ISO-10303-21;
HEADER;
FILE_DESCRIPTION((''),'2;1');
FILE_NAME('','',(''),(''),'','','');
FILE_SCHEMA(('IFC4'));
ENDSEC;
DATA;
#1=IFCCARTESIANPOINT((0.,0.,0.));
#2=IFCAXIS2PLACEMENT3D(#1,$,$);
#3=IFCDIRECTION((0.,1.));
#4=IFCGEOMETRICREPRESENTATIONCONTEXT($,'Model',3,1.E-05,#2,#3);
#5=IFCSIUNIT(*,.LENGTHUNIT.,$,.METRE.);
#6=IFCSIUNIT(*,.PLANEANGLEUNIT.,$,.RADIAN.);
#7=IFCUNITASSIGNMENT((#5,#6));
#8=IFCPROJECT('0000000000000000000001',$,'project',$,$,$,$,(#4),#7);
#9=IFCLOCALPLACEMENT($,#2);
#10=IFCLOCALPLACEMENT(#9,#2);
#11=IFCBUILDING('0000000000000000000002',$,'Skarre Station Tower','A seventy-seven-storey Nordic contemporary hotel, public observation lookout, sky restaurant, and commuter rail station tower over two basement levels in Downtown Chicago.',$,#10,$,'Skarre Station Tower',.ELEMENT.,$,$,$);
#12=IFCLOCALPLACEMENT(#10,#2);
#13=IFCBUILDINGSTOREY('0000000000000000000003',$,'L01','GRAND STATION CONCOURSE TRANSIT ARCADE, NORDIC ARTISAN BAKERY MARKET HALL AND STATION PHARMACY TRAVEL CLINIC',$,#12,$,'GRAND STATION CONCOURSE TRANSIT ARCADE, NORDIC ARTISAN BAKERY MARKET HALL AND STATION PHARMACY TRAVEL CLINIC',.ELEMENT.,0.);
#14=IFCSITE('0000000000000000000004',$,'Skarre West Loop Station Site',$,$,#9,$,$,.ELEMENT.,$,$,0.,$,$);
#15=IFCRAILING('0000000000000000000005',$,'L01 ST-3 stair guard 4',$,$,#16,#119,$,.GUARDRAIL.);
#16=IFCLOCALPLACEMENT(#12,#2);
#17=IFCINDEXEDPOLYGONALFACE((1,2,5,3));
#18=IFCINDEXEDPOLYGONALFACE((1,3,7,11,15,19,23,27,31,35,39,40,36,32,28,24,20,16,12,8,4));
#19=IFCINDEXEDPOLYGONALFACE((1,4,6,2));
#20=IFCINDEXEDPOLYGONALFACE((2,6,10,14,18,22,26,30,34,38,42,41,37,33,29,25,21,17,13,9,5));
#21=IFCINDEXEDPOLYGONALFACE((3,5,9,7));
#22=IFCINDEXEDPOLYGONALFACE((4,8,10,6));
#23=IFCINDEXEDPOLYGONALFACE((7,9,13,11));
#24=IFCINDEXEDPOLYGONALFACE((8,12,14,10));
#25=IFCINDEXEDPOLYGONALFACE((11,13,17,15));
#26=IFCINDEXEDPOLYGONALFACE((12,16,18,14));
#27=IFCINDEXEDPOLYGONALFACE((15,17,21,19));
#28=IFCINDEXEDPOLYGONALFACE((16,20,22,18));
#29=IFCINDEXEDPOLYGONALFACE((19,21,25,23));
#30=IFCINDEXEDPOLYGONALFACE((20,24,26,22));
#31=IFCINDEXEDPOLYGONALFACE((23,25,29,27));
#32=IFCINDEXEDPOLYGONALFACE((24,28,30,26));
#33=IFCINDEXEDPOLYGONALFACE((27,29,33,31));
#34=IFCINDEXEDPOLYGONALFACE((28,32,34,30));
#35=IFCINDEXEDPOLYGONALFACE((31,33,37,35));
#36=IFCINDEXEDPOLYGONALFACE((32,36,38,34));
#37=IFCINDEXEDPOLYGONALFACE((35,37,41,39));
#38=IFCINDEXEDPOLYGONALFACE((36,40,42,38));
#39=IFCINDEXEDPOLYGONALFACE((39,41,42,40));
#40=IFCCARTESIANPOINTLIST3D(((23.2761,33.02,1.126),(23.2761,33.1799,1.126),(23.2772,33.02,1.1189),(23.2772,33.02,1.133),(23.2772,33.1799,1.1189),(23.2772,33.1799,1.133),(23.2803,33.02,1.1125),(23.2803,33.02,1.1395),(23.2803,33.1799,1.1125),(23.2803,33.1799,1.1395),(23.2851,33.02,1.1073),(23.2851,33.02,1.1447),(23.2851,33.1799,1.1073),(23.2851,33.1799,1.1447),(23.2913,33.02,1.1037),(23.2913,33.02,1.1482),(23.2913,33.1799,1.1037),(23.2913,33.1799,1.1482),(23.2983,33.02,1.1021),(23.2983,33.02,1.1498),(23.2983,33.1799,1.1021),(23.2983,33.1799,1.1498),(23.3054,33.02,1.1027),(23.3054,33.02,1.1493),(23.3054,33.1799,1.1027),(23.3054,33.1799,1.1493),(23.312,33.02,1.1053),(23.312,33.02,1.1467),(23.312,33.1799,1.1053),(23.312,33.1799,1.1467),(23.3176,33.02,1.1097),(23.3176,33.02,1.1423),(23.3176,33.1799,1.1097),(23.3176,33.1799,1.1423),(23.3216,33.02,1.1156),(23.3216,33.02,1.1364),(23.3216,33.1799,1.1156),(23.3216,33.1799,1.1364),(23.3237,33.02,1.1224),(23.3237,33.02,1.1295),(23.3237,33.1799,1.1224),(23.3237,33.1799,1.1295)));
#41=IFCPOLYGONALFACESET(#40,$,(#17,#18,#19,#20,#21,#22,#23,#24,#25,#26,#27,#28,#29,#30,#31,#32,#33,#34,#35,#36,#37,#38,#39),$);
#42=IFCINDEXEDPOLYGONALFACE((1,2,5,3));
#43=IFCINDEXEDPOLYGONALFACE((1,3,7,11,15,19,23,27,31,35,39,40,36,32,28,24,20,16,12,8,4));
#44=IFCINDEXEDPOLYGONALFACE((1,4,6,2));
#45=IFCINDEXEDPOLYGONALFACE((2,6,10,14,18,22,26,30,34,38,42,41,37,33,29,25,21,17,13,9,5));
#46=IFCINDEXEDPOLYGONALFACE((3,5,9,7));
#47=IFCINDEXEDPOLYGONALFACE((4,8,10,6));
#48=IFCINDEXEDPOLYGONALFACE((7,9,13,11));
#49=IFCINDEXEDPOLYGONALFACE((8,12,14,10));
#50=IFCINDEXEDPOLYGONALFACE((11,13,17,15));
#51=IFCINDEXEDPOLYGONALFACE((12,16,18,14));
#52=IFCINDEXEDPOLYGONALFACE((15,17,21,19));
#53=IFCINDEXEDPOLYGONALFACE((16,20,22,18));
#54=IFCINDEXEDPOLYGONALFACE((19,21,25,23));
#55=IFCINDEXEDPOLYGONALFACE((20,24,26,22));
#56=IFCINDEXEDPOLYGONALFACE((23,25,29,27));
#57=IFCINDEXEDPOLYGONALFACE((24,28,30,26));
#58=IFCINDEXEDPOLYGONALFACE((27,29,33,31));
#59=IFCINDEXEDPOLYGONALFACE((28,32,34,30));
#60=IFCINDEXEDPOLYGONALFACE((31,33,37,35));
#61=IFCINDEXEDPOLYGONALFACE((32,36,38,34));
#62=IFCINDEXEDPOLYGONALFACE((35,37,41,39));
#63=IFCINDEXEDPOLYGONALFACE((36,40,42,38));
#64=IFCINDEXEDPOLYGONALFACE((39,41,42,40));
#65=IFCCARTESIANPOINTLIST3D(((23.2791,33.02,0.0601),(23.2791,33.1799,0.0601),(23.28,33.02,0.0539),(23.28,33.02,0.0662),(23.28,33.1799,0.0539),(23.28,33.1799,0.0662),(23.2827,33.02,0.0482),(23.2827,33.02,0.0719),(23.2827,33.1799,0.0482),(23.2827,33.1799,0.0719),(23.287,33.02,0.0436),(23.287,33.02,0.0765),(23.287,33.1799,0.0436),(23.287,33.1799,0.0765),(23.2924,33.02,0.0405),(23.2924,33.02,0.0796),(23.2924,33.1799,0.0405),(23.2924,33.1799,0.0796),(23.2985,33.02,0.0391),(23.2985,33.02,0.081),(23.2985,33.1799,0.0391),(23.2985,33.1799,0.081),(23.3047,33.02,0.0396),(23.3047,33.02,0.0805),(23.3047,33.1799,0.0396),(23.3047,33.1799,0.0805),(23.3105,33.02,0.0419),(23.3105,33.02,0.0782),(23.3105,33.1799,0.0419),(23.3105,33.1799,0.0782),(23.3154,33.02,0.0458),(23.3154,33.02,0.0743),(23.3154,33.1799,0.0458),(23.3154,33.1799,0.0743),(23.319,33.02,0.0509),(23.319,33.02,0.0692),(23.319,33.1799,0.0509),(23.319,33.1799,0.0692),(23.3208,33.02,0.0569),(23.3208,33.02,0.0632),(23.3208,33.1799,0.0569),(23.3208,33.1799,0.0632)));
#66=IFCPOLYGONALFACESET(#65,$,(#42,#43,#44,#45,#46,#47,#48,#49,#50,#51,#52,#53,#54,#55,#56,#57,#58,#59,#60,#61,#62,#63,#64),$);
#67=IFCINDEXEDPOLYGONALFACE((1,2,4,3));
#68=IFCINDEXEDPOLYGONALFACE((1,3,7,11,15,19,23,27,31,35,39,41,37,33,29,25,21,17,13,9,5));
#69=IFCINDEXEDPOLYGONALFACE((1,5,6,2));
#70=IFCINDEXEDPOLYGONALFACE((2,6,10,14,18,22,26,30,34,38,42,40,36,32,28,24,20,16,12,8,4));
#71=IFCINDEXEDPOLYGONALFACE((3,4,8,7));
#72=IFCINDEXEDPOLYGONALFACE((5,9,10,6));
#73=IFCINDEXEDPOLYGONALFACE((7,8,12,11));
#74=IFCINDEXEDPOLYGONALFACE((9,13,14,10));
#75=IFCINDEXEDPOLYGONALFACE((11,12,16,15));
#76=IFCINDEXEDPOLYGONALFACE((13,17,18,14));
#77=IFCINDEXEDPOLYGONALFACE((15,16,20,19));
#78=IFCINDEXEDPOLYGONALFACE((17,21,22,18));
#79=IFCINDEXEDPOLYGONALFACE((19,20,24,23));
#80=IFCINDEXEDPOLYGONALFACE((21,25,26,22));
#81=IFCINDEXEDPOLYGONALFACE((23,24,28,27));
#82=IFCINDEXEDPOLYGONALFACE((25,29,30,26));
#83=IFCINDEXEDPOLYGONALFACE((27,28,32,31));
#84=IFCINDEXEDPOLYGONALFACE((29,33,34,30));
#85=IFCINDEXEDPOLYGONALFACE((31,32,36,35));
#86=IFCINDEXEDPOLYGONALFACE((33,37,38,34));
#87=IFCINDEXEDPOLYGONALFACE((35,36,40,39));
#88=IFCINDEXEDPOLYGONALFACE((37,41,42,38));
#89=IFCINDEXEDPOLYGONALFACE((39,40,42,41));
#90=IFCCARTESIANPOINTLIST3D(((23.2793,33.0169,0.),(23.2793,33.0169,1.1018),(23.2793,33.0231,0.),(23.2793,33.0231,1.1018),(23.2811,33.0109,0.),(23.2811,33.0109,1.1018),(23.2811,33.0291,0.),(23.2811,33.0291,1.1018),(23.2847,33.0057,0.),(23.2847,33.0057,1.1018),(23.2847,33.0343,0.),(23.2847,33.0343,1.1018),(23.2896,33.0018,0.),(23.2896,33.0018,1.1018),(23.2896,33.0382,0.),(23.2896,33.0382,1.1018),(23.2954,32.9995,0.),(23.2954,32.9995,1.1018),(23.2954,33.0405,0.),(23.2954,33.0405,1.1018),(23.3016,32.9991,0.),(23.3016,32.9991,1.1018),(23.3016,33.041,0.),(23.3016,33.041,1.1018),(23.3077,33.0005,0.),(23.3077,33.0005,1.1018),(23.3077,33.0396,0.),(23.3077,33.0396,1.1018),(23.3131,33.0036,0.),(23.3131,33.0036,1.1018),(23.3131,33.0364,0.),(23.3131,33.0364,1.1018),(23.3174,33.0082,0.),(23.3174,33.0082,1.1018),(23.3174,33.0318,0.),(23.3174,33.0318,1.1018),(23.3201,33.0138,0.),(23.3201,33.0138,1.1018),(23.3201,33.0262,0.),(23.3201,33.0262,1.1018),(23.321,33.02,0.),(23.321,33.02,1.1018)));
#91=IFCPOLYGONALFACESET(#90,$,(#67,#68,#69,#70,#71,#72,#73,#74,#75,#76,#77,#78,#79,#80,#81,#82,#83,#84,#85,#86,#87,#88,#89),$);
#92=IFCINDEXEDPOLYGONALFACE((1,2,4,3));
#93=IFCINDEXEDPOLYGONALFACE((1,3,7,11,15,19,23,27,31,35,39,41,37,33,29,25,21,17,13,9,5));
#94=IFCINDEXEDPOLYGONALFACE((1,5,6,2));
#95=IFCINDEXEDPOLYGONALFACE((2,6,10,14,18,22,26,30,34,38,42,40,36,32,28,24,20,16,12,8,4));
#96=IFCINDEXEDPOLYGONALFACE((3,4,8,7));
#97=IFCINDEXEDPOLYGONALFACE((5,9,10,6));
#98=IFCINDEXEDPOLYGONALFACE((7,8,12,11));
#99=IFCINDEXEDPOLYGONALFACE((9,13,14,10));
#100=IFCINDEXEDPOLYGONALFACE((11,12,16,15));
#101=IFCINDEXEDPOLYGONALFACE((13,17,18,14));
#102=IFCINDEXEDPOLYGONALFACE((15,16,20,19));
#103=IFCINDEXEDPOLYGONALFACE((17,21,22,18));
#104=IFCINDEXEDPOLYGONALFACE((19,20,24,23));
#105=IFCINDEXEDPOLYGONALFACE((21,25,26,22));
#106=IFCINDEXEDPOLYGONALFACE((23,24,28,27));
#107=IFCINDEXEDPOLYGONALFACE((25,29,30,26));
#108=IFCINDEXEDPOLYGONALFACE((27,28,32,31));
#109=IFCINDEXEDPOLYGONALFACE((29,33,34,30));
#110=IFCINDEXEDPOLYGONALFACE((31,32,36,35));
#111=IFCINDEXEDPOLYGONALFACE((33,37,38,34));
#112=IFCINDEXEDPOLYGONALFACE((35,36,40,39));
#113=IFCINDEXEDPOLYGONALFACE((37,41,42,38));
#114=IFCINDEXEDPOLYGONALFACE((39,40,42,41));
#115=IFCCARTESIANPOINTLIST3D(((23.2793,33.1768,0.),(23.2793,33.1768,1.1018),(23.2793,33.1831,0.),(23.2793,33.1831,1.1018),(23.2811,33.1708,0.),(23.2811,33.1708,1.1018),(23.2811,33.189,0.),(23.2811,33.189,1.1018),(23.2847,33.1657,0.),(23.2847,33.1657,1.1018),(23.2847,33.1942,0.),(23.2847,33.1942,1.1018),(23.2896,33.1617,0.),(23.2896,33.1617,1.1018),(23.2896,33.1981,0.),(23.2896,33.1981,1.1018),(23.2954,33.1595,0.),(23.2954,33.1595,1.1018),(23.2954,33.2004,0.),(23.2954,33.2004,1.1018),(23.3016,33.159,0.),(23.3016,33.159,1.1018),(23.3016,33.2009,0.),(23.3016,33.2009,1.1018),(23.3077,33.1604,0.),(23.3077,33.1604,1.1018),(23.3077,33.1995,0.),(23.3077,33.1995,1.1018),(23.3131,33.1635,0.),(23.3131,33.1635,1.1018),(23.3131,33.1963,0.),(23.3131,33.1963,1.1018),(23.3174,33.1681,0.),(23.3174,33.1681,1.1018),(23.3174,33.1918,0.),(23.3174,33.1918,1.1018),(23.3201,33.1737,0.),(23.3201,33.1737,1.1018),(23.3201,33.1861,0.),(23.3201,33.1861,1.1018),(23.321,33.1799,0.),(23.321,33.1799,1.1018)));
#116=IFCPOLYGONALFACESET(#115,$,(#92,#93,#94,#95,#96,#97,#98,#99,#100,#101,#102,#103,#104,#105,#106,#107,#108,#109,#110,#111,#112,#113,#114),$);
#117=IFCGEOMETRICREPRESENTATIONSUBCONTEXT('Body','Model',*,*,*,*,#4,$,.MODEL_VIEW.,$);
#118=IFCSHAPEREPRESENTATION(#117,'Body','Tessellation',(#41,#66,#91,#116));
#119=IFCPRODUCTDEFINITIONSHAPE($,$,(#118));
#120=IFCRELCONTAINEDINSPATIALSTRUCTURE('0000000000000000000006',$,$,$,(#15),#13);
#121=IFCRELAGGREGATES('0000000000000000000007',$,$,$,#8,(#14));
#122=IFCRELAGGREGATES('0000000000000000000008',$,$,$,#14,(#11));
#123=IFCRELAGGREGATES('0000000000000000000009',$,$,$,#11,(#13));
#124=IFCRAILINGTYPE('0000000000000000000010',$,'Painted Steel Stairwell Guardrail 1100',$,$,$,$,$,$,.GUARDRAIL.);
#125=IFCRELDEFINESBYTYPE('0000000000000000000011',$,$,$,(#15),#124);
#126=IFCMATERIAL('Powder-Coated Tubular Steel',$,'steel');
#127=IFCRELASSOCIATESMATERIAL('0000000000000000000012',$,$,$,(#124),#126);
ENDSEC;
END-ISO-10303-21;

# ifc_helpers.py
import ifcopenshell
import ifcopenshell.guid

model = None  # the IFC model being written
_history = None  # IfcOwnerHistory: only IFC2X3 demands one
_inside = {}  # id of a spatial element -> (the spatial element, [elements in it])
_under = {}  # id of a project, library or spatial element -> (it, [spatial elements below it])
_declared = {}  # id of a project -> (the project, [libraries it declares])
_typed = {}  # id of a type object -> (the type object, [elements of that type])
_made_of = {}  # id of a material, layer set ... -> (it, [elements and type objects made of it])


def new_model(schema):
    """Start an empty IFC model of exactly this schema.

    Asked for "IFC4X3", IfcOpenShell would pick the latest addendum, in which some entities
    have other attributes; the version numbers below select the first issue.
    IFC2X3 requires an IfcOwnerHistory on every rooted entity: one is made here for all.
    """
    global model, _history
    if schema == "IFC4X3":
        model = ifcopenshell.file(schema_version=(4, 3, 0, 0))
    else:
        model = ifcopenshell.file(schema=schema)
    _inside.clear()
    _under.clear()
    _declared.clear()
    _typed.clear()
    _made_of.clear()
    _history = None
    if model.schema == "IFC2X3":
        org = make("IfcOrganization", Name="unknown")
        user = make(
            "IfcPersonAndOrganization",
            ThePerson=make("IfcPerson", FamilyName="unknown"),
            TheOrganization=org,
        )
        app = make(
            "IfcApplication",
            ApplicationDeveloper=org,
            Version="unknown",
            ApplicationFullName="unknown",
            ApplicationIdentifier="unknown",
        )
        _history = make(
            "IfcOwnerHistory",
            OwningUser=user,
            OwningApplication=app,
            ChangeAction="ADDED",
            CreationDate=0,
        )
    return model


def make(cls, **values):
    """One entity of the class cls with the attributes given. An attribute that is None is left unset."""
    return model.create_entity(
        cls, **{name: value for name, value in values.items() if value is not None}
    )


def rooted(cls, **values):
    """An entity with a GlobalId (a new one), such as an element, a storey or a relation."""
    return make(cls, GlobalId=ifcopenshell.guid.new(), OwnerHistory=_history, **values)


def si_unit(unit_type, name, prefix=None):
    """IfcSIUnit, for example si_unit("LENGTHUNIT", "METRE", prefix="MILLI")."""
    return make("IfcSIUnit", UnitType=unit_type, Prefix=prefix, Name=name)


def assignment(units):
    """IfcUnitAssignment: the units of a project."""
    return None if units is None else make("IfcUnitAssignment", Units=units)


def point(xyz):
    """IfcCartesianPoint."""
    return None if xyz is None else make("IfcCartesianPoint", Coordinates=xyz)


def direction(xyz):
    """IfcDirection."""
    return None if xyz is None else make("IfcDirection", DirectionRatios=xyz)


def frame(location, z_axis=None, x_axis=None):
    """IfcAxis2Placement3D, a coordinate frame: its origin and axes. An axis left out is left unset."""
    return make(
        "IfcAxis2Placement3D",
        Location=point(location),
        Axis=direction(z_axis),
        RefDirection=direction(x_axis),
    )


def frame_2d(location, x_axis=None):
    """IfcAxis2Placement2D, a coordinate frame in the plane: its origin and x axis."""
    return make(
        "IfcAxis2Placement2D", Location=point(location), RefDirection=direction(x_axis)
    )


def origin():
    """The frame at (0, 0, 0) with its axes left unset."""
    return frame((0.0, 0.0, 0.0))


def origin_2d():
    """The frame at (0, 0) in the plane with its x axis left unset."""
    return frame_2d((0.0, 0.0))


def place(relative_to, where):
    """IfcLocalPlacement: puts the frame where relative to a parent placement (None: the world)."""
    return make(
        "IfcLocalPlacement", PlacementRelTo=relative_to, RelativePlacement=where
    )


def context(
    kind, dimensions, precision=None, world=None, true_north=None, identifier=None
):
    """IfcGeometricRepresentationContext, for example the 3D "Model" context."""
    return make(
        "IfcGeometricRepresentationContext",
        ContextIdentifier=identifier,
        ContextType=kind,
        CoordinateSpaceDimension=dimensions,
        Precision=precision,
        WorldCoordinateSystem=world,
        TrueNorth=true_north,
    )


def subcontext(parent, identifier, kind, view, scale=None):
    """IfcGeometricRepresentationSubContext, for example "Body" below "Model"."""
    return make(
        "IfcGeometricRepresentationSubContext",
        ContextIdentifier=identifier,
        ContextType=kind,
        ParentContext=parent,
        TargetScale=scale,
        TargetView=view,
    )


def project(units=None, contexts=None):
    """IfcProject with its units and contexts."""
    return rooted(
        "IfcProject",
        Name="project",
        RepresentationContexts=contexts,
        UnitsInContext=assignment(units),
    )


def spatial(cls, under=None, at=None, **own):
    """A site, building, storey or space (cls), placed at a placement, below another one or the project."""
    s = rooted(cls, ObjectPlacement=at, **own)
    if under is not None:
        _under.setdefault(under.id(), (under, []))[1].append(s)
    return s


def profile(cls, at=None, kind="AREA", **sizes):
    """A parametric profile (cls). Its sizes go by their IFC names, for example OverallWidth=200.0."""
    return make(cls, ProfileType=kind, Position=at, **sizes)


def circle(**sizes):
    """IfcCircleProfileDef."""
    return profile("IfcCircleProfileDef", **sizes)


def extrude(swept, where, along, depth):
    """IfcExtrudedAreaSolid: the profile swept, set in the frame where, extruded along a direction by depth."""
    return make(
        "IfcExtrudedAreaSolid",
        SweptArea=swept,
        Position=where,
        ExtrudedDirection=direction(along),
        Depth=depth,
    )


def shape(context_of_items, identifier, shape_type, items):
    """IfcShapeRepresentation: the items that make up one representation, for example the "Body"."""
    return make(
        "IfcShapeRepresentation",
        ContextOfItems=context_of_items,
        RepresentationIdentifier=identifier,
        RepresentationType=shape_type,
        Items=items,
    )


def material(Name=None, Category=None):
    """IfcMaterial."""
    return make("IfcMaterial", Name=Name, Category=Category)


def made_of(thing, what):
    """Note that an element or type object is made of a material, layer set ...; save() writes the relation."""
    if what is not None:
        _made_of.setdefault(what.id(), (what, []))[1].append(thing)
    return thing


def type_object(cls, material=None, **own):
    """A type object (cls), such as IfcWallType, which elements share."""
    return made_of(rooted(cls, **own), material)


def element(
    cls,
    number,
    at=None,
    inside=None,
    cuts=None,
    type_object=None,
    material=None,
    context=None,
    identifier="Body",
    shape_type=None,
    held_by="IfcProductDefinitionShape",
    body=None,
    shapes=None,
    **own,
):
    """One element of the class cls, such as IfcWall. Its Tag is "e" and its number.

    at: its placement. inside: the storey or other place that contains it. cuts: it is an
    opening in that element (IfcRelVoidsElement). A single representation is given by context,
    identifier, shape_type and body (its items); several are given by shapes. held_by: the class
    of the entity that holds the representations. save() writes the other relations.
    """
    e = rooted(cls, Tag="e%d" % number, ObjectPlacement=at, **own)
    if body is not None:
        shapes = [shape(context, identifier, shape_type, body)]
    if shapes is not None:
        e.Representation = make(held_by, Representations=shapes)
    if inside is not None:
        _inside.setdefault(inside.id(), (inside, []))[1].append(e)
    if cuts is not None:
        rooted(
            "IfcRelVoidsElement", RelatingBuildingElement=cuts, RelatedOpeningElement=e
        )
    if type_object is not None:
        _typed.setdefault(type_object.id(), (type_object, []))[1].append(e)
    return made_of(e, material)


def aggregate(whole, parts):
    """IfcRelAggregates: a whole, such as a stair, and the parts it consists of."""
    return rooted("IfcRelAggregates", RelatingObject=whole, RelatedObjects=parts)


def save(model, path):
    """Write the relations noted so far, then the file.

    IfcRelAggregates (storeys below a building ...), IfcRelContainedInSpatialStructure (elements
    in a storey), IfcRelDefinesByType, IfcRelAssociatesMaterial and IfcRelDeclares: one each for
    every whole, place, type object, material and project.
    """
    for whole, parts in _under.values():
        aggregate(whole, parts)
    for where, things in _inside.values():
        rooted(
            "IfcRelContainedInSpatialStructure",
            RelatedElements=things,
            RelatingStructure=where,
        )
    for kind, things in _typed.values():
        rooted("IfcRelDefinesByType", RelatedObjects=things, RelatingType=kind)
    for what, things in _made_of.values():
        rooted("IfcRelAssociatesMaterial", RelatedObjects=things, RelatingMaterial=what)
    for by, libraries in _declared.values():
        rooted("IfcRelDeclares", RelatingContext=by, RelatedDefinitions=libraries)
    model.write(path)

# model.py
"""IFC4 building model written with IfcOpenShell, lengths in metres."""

from ifc_helpers import new_model, si_unit, direction, frame, origin, origin_2d, place, context, subcontext, project, spatial, circle, extrude, material, type_object, element, save


model = new_model("IFC4")

# Units and contexts
model_context = context("Model", 3, precision=1e-05, world=origin(), true_north=direction((0.0, 1.0)))
body_context = subcontext(model_context, "Body", "Model", "MODEL_VIEW")
ifc_project = project(units=[si_unit("LENGTHUNIT", "METRE"), si_unit("PLANEANGLEUNIT", "RADIAN")], contexts=[model_context])

# Site, building, storey
site_placement = place(None, origin())
site = spatial("IfcSite", under=ifc_project, at=site_placement, Name="Skarre West Loop Station Site", CompositionType="ELEMENT", RefElevation=0.0)
building_placement = place(site_placement, origin())
building = spatial("IfcBuilding", under=site, at=building_placement, Name="Skarre Station Tower", Description="A seventy-seven-storey Nordic contemporary hotel, public observation lookout, sky restaurant, and commuter rail station tower over two basement levels in Downtown Chicago.", LongName="Skarre Station Tower", CompositionType="ELEMENT")
storey_placement = place(building_placement, origin())
storey = spatial("IfcBuildingStorey", under=building, at=storey_placement, Name="L01", Description="GRAND STATION CONCOURSE TRANSIT ARCADE, NORDIC ARTISAN BAKERY MARKET HALL AND STATION PHARMACY TRAVEL CLINIC", LongName="GRAND STATION CONCOURSE TRANSIT ARCADE, NORDIC ARTISAN BAKERY MARKET HALL AND STATION PHARMACY TRAVEL CLINIC", CompositionType="ELEMENT", Elevation=0.0)

# Railing
ifc_material_1 = material(Name="Powder-Coated Tubular Steel", Category="steel")
railing_type_1 = type_object("IfcRailingType", Name="Painted Steel Stairwell Guardrail 1100", PredefinedType="GUARDRAIL", material=ifc_material_1)
railing_1_placement = place(storey_placement, frame((23.3, 33.02, 0.0)))
element("IfcRailing", 1, at=railing_1_placement, inside=storey, type_object=railing_type_1, Name="L01 ST-3 stair guard 4", PredefinedType="GUARDRAIL", context=body_context, shape_type="SweptSolid", body=[
    extrude(circle(Radius=0.0239, at=origin_2d()), frame((0.0, 0.0, 1.126), z_axis=(0.0, 1.0, 0.0), x_axis=(-1.0, 0.0, 0.0)), (0.0, 0.0, 1.0), 0.1599),
    extrude(circle(Radius=0.021, at=origin_2d()), frame((0.0, 0.0, 0.0601), z_axis=(0.0, 1.0, 0.0), x_axis=(-1.0, 0.0, 0.0)), (0.0, 0.0, 1.0), 0.1599),
    extrude(circle(Radius=0.021, at=origin_2d()), origin(), (0.0, 0.0, 1.0), 1.1018),
    extrude(circle(Radius=0.021, at=origin_2d()), frame((0.0, 0.1599, 0.0)), (0.0, 0.0, 1.0), 1.1018),
])

save(model, "model.ifc")
